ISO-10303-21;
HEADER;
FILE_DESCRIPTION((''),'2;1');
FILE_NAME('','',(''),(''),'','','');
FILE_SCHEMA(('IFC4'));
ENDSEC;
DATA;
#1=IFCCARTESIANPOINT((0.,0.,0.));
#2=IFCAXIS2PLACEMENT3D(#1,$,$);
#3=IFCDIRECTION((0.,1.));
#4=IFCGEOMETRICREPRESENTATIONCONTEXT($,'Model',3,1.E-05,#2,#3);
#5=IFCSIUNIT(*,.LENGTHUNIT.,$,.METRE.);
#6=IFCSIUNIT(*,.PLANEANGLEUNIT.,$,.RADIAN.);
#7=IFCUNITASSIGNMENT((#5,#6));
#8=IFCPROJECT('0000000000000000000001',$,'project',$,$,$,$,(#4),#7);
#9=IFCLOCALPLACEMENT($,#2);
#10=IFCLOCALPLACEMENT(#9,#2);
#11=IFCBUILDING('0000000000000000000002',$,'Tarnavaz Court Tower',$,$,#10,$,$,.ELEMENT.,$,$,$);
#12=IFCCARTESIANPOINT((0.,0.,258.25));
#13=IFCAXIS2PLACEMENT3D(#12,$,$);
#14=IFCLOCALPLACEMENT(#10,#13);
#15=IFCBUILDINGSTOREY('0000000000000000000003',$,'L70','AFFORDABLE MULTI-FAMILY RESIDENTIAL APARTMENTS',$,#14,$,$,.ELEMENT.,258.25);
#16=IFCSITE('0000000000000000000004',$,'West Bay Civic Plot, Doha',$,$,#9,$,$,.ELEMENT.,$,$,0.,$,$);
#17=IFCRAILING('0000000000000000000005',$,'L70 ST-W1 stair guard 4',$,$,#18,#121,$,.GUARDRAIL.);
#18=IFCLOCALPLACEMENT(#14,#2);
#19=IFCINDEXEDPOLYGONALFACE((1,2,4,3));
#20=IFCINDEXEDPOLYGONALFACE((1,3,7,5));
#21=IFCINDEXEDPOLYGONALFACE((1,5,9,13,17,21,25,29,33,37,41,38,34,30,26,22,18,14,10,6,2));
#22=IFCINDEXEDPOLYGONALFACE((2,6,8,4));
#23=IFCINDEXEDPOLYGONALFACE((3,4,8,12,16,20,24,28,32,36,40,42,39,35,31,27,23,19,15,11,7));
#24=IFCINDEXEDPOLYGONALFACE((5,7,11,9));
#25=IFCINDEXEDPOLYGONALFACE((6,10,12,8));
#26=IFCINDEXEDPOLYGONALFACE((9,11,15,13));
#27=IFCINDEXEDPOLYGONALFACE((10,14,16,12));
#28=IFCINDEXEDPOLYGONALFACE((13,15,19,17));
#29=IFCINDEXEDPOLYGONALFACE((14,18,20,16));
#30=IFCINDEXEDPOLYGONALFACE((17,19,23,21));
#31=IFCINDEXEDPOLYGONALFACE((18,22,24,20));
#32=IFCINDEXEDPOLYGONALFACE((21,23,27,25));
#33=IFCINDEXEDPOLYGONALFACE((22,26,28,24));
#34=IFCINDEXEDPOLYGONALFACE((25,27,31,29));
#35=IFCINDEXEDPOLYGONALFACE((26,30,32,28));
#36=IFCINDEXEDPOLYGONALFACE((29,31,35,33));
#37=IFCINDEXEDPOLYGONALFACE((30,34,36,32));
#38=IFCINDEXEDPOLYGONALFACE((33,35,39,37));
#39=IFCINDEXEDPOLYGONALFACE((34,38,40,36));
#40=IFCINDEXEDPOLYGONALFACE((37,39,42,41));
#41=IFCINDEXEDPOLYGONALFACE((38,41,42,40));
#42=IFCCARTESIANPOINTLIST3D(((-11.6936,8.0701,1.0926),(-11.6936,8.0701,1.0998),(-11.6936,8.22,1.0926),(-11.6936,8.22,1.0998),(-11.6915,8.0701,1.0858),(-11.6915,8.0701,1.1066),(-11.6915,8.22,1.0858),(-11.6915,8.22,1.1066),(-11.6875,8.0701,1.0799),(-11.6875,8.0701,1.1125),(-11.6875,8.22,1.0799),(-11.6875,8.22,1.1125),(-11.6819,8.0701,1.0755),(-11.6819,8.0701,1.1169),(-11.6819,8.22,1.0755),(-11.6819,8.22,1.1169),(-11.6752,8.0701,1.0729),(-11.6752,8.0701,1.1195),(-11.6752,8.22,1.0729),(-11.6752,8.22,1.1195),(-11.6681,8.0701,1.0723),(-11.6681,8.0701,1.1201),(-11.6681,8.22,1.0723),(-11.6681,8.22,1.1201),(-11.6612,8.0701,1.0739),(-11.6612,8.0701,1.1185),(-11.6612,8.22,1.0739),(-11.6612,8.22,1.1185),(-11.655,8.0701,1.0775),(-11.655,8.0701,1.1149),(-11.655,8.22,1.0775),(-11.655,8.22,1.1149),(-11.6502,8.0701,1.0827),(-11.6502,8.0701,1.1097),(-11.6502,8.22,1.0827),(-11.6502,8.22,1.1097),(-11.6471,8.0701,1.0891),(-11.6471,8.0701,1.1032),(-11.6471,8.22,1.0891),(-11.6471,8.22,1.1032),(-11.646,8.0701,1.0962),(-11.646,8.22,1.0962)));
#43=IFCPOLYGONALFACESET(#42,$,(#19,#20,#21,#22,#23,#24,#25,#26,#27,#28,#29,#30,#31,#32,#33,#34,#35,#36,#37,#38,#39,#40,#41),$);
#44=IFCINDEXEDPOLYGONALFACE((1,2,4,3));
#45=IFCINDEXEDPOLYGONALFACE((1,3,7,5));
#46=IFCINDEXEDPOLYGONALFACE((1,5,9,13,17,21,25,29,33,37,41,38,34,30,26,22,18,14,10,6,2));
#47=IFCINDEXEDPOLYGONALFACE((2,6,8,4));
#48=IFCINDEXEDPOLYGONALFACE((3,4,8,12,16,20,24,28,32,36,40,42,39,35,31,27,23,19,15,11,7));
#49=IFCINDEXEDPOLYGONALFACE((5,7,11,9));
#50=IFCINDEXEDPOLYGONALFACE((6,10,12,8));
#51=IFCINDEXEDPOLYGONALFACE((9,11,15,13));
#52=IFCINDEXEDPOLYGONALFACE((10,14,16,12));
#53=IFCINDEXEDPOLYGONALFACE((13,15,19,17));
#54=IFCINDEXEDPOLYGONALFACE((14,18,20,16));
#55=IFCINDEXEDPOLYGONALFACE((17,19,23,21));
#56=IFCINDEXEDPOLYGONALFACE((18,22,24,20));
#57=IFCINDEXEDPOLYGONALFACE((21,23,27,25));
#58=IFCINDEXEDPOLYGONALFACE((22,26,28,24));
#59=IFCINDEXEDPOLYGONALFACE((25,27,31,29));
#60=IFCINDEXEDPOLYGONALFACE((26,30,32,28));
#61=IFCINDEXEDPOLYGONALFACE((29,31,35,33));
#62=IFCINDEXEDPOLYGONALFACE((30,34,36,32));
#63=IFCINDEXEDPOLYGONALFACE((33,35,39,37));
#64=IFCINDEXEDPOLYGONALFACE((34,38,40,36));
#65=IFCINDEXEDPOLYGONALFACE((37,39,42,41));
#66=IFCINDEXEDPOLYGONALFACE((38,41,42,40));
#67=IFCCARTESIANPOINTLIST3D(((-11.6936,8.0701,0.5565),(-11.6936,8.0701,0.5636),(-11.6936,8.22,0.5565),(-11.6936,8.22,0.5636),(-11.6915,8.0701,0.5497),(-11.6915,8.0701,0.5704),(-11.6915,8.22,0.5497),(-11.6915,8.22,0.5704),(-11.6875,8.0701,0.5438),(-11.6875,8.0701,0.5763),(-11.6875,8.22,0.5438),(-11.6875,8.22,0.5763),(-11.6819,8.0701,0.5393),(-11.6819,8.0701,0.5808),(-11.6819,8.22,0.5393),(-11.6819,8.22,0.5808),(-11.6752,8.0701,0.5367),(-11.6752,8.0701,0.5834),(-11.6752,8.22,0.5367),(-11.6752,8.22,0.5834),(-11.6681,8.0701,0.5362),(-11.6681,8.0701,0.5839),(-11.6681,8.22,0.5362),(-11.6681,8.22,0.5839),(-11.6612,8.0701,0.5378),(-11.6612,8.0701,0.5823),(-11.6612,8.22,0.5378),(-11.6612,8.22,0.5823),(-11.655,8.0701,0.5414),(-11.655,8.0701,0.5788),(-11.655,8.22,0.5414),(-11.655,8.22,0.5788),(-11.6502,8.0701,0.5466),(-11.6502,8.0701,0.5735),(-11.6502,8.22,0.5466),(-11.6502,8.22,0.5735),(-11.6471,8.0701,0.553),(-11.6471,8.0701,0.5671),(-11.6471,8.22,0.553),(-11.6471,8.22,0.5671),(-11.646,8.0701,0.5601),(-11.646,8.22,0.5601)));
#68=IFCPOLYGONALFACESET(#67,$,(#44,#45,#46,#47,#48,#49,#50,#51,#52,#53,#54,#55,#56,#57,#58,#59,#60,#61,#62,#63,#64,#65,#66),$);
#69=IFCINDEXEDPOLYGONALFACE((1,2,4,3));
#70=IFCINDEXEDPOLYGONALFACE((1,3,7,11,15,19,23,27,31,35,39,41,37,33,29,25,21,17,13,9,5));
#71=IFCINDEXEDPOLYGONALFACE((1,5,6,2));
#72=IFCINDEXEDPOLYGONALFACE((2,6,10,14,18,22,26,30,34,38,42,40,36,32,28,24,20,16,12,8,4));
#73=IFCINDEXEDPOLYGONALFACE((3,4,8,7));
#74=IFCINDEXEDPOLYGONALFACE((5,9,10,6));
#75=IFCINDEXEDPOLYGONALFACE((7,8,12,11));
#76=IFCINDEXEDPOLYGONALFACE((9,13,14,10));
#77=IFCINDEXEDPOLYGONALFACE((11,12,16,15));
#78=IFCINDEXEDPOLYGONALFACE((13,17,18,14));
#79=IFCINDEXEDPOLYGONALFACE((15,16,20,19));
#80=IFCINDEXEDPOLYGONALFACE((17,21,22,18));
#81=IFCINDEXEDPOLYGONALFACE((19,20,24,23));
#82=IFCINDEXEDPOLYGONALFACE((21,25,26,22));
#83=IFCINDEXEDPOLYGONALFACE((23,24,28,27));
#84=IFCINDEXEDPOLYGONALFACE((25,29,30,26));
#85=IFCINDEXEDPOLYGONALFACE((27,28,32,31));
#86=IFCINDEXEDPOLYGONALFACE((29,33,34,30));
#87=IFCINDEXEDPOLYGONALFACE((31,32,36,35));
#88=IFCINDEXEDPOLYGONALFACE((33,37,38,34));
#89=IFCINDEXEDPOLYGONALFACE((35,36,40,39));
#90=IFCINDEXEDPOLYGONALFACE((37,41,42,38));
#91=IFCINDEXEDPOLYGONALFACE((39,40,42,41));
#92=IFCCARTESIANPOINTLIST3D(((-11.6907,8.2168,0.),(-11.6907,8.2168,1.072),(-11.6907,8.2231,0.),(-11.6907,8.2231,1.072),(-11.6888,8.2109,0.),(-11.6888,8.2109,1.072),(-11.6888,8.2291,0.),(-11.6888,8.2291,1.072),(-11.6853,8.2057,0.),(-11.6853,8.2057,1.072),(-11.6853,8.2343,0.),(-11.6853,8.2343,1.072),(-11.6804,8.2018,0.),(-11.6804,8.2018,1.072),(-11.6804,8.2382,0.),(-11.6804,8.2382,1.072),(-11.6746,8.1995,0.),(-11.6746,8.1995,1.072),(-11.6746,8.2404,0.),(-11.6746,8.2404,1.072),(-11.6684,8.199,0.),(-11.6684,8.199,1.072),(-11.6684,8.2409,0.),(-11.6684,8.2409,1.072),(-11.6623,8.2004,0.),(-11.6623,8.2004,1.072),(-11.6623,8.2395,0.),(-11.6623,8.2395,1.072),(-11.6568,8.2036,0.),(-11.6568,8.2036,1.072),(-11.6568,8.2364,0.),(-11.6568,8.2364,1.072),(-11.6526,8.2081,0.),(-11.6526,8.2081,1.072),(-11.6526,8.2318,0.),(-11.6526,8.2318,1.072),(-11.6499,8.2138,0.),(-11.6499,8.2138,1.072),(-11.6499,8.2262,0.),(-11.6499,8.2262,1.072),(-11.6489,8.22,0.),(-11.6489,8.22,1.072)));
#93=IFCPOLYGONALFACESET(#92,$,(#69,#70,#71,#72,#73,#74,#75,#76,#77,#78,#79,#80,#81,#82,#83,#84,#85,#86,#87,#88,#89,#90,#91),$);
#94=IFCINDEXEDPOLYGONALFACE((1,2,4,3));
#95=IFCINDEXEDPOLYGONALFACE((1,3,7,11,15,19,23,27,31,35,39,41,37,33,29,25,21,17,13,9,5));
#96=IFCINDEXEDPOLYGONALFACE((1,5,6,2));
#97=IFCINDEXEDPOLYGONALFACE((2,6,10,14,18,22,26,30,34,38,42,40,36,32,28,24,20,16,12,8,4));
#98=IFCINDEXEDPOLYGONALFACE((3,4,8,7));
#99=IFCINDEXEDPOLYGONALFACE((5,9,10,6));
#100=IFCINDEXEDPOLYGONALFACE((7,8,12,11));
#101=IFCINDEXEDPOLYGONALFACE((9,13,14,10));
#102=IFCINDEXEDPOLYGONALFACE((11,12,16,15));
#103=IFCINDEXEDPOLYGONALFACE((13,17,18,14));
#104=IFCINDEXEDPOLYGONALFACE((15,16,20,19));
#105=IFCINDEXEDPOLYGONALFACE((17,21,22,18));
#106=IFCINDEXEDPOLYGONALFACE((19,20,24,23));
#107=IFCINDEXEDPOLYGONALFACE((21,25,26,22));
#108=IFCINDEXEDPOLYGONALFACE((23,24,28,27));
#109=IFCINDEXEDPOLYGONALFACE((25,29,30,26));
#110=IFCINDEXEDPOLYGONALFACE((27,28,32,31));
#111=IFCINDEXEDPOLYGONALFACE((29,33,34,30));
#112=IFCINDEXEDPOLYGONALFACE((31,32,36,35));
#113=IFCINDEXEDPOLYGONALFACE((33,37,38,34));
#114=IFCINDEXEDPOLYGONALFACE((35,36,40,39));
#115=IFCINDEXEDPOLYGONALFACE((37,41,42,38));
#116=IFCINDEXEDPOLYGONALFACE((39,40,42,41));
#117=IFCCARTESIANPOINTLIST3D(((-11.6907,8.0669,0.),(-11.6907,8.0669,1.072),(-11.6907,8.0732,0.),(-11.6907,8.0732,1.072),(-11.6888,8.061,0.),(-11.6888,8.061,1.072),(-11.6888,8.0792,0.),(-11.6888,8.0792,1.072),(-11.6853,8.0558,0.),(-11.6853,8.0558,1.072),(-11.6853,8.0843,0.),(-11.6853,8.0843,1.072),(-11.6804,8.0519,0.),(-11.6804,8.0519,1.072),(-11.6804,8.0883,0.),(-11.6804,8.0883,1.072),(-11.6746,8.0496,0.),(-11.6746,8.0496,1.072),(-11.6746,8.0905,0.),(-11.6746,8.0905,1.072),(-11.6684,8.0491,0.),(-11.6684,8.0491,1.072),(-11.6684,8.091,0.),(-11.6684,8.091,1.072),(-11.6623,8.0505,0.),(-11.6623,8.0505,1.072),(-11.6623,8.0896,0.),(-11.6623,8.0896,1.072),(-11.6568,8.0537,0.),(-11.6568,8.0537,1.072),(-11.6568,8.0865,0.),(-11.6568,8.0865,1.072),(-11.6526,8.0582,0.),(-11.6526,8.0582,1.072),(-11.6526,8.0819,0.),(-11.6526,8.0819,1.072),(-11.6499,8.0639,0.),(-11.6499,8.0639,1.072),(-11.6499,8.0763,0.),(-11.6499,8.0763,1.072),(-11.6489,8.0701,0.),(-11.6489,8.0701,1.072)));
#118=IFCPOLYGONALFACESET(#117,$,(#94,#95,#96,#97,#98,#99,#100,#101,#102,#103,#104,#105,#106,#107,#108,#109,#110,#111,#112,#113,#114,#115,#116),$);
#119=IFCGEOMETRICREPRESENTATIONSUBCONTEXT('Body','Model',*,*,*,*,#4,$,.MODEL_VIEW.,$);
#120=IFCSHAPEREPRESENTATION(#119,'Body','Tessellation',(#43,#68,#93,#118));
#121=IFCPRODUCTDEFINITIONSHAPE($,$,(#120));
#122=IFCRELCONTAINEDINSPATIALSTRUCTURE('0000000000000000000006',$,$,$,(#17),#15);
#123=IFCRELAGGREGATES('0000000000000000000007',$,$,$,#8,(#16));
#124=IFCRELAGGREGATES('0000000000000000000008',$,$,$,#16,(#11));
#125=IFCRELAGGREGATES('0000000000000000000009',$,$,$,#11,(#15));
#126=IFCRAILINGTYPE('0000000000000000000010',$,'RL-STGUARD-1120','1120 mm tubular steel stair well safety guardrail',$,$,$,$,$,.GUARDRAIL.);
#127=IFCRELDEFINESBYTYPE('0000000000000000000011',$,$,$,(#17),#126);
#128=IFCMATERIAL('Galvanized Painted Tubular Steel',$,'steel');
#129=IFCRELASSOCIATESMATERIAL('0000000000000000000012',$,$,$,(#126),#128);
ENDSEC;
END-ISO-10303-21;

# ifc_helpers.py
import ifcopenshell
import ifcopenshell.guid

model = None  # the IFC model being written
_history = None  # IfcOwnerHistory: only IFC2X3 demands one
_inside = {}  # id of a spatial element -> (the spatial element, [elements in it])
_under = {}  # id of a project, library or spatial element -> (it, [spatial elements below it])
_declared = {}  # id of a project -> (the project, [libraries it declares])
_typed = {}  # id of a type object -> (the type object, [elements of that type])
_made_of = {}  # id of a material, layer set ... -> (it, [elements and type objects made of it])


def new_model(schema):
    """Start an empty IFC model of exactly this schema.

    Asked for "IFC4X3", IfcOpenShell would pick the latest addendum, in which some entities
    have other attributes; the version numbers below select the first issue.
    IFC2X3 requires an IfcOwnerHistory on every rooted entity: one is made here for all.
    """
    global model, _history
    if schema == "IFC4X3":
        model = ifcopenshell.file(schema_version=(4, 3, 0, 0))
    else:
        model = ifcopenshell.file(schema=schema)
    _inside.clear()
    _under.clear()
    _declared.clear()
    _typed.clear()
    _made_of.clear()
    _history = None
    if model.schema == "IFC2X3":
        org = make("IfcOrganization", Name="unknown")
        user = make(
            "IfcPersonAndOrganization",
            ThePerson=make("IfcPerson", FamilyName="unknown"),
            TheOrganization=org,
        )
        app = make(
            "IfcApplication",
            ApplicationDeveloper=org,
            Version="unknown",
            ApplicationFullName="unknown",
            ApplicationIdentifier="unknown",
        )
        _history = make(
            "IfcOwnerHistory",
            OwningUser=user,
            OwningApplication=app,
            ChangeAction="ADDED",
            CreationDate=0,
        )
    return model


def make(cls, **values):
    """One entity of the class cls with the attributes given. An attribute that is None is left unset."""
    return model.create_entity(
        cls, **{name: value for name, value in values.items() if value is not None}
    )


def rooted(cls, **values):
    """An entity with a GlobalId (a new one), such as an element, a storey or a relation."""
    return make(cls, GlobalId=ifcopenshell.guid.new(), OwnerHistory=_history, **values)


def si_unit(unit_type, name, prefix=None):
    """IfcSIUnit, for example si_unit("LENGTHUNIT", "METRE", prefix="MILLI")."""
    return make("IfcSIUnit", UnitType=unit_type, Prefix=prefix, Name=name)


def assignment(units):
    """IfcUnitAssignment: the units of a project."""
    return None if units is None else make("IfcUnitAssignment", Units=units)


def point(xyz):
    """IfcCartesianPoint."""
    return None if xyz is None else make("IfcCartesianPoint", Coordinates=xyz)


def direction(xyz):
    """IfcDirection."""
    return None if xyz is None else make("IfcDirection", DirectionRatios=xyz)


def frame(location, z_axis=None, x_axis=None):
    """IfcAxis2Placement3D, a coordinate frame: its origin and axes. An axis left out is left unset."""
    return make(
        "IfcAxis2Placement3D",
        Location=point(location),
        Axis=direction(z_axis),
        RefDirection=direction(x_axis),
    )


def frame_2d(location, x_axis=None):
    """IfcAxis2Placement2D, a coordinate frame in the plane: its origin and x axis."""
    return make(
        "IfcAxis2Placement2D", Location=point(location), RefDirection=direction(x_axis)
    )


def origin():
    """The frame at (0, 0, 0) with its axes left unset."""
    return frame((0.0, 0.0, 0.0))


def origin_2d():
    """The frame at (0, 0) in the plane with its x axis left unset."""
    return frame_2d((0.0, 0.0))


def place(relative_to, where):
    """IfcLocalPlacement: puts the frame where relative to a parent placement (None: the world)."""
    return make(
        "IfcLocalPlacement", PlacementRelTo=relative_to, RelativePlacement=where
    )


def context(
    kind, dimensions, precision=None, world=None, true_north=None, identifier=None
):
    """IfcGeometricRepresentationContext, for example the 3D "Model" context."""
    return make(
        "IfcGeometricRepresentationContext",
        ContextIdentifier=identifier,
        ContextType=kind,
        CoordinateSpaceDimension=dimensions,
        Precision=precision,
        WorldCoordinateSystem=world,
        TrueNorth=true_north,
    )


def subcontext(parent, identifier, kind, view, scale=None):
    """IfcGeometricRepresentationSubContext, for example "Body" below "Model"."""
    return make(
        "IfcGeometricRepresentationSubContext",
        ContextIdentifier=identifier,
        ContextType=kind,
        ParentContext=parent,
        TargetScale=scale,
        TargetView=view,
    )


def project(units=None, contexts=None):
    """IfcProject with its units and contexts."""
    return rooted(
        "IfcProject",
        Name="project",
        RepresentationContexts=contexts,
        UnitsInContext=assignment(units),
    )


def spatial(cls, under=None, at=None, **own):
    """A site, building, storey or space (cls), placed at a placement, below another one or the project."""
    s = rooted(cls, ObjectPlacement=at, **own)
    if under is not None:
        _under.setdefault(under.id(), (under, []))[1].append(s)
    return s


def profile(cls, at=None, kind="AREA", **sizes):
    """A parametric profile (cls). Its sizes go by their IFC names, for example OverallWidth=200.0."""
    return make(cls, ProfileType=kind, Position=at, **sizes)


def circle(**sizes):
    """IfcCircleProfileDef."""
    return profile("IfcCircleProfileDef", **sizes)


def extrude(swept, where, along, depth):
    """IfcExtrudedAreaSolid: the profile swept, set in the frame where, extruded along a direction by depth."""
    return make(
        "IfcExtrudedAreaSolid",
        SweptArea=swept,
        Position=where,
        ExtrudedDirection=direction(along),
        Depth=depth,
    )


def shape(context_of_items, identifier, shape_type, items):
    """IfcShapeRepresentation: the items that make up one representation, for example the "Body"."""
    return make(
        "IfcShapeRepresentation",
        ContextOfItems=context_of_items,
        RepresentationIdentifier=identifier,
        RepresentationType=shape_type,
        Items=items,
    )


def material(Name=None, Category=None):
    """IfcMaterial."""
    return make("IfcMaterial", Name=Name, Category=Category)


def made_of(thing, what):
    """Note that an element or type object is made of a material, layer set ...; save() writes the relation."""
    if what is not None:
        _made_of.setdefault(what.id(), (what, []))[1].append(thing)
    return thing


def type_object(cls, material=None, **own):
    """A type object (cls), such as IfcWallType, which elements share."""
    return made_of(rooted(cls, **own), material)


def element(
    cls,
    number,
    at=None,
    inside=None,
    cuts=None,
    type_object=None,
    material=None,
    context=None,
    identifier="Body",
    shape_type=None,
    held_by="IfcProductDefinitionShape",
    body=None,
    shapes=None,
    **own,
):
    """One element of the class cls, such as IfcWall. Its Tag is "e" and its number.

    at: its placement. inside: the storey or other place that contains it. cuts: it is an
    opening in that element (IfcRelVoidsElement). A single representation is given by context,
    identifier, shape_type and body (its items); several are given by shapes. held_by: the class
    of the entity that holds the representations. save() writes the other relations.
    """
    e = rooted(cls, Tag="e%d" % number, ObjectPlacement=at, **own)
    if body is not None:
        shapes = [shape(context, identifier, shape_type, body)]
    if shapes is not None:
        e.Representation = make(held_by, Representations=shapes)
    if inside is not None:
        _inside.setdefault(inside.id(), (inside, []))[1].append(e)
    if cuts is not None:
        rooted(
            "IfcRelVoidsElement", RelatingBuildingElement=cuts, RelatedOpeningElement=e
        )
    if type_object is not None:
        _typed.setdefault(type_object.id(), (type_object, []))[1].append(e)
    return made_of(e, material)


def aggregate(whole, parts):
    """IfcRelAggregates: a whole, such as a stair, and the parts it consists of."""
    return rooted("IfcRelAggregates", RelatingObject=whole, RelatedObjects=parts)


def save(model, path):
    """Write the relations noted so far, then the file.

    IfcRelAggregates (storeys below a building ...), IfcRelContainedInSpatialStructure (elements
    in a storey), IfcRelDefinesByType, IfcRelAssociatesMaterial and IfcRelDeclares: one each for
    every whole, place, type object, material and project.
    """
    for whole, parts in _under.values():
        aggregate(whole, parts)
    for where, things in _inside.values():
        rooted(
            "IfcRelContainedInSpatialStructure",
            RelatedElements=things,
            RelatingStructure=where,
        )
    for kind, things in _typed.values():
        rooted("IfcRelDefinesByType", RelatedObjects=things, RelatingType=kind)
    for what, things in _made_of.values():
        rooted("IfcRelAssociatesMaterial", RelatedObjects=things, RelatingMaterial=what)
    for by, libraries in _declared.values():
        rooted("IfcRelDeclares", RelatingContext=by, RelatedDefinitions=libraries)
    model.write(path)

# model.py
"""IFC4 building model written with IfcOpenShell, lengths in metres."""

from ifc_helpers import new_model, si_unit, direction, frame, origin, origin_2d, place, context, subcontext, project, spatial, circle, extrude, material, type_object, element, save


model = new_model("IFC4")

# Units and contexts
model_context = context("Model", 3, precision=1e-05, world=origin(), true_north=direction((0.0, 1.0)))
body_context = subcontext(model_context, "Body", "Model", "MODEL_VIEW")
ifc_project = project(units=[si_unit("LENGTHUNIT", "METRE"), si_unit("PLANEANGLEUNIT", "RADIAN")], contexts=[model_context])

# Site, building, storey
site_placement = place(None, origin())
site = spatial("IfcSite", under=ifc_project, at=site_placement, Name="West Bay Civic Plot, Doha", CompositionType="ELEMENT", RefElevation=0.0)
building_placement = place(site_placement, origin())
building = spatial("IfcBuilding", under=site, at=building_placement, Name="Tarnavaz Court Tower", CompositionType="ELEMENT")
storey_placement = place(building_placement, frame((0.0, 0.0, 258.25)))
storey = spatial("IfcBuildingStorey", under=building, at=storey_placement, Name="L70", Description="AFFORDABLE MULTI-FAMILY RESIDENTIAL APARTMENTS", CompositionType="ELEMENT", Elevation=258.25)

# Railing
ifc_material_1 = material(Name="Galvanized Painted Tubular Steel", Category="steel")
railing_type_1 = type_object("IfcRailingType", Name="RL-STGUARD-1120", Description="1120 mm tubular steel stair well safety guardrail", PredefinedType="GUARDRAIL", material=ifc_material_1)
railing_1_placement = place(storey_placement, frame((-11.6699, 8.22, 0.0)))
element("IfcRailing", 1, at=railing_1_placement, inside=storey, type_object=railing_type_1, Name="L70 ST-W1 stair guard 4", PredefinedType="GUARDRAIL", context=body_context, shape_type="SweptSolid", body=[
    extrude(circle(Radius=0.0239, at=origin_2d()), frame((0.0, 0.0, 1.0962), z_axis=(0.0, -1.0, 0.0), x_axis=(1.0, 0.0, 0.0)), (0.0, 0.0, 1.0), 0.1499),
    extrude(circle(Radius=0.0239, at=origin_2d()), frame((0.0, 0.0, 0.5601), z_axis=(0.0, -1.0, 0.0), x_axis=(1.0, 0.0, 0.0)), (0.0, 0.0, 1.0), 0.1499),
    extrude(circle(Radius=0.021, at=origin_2d()), origin(), (0.0, 0.0, 1.0), 1.072),
    extrude(circle(Radius=0.021, at=origin_2d()), frame((0.0, -0.1499, 0.0)), (0.0, 0.0, 1.0), 1.072),
])

save(model, "model.ifc")
